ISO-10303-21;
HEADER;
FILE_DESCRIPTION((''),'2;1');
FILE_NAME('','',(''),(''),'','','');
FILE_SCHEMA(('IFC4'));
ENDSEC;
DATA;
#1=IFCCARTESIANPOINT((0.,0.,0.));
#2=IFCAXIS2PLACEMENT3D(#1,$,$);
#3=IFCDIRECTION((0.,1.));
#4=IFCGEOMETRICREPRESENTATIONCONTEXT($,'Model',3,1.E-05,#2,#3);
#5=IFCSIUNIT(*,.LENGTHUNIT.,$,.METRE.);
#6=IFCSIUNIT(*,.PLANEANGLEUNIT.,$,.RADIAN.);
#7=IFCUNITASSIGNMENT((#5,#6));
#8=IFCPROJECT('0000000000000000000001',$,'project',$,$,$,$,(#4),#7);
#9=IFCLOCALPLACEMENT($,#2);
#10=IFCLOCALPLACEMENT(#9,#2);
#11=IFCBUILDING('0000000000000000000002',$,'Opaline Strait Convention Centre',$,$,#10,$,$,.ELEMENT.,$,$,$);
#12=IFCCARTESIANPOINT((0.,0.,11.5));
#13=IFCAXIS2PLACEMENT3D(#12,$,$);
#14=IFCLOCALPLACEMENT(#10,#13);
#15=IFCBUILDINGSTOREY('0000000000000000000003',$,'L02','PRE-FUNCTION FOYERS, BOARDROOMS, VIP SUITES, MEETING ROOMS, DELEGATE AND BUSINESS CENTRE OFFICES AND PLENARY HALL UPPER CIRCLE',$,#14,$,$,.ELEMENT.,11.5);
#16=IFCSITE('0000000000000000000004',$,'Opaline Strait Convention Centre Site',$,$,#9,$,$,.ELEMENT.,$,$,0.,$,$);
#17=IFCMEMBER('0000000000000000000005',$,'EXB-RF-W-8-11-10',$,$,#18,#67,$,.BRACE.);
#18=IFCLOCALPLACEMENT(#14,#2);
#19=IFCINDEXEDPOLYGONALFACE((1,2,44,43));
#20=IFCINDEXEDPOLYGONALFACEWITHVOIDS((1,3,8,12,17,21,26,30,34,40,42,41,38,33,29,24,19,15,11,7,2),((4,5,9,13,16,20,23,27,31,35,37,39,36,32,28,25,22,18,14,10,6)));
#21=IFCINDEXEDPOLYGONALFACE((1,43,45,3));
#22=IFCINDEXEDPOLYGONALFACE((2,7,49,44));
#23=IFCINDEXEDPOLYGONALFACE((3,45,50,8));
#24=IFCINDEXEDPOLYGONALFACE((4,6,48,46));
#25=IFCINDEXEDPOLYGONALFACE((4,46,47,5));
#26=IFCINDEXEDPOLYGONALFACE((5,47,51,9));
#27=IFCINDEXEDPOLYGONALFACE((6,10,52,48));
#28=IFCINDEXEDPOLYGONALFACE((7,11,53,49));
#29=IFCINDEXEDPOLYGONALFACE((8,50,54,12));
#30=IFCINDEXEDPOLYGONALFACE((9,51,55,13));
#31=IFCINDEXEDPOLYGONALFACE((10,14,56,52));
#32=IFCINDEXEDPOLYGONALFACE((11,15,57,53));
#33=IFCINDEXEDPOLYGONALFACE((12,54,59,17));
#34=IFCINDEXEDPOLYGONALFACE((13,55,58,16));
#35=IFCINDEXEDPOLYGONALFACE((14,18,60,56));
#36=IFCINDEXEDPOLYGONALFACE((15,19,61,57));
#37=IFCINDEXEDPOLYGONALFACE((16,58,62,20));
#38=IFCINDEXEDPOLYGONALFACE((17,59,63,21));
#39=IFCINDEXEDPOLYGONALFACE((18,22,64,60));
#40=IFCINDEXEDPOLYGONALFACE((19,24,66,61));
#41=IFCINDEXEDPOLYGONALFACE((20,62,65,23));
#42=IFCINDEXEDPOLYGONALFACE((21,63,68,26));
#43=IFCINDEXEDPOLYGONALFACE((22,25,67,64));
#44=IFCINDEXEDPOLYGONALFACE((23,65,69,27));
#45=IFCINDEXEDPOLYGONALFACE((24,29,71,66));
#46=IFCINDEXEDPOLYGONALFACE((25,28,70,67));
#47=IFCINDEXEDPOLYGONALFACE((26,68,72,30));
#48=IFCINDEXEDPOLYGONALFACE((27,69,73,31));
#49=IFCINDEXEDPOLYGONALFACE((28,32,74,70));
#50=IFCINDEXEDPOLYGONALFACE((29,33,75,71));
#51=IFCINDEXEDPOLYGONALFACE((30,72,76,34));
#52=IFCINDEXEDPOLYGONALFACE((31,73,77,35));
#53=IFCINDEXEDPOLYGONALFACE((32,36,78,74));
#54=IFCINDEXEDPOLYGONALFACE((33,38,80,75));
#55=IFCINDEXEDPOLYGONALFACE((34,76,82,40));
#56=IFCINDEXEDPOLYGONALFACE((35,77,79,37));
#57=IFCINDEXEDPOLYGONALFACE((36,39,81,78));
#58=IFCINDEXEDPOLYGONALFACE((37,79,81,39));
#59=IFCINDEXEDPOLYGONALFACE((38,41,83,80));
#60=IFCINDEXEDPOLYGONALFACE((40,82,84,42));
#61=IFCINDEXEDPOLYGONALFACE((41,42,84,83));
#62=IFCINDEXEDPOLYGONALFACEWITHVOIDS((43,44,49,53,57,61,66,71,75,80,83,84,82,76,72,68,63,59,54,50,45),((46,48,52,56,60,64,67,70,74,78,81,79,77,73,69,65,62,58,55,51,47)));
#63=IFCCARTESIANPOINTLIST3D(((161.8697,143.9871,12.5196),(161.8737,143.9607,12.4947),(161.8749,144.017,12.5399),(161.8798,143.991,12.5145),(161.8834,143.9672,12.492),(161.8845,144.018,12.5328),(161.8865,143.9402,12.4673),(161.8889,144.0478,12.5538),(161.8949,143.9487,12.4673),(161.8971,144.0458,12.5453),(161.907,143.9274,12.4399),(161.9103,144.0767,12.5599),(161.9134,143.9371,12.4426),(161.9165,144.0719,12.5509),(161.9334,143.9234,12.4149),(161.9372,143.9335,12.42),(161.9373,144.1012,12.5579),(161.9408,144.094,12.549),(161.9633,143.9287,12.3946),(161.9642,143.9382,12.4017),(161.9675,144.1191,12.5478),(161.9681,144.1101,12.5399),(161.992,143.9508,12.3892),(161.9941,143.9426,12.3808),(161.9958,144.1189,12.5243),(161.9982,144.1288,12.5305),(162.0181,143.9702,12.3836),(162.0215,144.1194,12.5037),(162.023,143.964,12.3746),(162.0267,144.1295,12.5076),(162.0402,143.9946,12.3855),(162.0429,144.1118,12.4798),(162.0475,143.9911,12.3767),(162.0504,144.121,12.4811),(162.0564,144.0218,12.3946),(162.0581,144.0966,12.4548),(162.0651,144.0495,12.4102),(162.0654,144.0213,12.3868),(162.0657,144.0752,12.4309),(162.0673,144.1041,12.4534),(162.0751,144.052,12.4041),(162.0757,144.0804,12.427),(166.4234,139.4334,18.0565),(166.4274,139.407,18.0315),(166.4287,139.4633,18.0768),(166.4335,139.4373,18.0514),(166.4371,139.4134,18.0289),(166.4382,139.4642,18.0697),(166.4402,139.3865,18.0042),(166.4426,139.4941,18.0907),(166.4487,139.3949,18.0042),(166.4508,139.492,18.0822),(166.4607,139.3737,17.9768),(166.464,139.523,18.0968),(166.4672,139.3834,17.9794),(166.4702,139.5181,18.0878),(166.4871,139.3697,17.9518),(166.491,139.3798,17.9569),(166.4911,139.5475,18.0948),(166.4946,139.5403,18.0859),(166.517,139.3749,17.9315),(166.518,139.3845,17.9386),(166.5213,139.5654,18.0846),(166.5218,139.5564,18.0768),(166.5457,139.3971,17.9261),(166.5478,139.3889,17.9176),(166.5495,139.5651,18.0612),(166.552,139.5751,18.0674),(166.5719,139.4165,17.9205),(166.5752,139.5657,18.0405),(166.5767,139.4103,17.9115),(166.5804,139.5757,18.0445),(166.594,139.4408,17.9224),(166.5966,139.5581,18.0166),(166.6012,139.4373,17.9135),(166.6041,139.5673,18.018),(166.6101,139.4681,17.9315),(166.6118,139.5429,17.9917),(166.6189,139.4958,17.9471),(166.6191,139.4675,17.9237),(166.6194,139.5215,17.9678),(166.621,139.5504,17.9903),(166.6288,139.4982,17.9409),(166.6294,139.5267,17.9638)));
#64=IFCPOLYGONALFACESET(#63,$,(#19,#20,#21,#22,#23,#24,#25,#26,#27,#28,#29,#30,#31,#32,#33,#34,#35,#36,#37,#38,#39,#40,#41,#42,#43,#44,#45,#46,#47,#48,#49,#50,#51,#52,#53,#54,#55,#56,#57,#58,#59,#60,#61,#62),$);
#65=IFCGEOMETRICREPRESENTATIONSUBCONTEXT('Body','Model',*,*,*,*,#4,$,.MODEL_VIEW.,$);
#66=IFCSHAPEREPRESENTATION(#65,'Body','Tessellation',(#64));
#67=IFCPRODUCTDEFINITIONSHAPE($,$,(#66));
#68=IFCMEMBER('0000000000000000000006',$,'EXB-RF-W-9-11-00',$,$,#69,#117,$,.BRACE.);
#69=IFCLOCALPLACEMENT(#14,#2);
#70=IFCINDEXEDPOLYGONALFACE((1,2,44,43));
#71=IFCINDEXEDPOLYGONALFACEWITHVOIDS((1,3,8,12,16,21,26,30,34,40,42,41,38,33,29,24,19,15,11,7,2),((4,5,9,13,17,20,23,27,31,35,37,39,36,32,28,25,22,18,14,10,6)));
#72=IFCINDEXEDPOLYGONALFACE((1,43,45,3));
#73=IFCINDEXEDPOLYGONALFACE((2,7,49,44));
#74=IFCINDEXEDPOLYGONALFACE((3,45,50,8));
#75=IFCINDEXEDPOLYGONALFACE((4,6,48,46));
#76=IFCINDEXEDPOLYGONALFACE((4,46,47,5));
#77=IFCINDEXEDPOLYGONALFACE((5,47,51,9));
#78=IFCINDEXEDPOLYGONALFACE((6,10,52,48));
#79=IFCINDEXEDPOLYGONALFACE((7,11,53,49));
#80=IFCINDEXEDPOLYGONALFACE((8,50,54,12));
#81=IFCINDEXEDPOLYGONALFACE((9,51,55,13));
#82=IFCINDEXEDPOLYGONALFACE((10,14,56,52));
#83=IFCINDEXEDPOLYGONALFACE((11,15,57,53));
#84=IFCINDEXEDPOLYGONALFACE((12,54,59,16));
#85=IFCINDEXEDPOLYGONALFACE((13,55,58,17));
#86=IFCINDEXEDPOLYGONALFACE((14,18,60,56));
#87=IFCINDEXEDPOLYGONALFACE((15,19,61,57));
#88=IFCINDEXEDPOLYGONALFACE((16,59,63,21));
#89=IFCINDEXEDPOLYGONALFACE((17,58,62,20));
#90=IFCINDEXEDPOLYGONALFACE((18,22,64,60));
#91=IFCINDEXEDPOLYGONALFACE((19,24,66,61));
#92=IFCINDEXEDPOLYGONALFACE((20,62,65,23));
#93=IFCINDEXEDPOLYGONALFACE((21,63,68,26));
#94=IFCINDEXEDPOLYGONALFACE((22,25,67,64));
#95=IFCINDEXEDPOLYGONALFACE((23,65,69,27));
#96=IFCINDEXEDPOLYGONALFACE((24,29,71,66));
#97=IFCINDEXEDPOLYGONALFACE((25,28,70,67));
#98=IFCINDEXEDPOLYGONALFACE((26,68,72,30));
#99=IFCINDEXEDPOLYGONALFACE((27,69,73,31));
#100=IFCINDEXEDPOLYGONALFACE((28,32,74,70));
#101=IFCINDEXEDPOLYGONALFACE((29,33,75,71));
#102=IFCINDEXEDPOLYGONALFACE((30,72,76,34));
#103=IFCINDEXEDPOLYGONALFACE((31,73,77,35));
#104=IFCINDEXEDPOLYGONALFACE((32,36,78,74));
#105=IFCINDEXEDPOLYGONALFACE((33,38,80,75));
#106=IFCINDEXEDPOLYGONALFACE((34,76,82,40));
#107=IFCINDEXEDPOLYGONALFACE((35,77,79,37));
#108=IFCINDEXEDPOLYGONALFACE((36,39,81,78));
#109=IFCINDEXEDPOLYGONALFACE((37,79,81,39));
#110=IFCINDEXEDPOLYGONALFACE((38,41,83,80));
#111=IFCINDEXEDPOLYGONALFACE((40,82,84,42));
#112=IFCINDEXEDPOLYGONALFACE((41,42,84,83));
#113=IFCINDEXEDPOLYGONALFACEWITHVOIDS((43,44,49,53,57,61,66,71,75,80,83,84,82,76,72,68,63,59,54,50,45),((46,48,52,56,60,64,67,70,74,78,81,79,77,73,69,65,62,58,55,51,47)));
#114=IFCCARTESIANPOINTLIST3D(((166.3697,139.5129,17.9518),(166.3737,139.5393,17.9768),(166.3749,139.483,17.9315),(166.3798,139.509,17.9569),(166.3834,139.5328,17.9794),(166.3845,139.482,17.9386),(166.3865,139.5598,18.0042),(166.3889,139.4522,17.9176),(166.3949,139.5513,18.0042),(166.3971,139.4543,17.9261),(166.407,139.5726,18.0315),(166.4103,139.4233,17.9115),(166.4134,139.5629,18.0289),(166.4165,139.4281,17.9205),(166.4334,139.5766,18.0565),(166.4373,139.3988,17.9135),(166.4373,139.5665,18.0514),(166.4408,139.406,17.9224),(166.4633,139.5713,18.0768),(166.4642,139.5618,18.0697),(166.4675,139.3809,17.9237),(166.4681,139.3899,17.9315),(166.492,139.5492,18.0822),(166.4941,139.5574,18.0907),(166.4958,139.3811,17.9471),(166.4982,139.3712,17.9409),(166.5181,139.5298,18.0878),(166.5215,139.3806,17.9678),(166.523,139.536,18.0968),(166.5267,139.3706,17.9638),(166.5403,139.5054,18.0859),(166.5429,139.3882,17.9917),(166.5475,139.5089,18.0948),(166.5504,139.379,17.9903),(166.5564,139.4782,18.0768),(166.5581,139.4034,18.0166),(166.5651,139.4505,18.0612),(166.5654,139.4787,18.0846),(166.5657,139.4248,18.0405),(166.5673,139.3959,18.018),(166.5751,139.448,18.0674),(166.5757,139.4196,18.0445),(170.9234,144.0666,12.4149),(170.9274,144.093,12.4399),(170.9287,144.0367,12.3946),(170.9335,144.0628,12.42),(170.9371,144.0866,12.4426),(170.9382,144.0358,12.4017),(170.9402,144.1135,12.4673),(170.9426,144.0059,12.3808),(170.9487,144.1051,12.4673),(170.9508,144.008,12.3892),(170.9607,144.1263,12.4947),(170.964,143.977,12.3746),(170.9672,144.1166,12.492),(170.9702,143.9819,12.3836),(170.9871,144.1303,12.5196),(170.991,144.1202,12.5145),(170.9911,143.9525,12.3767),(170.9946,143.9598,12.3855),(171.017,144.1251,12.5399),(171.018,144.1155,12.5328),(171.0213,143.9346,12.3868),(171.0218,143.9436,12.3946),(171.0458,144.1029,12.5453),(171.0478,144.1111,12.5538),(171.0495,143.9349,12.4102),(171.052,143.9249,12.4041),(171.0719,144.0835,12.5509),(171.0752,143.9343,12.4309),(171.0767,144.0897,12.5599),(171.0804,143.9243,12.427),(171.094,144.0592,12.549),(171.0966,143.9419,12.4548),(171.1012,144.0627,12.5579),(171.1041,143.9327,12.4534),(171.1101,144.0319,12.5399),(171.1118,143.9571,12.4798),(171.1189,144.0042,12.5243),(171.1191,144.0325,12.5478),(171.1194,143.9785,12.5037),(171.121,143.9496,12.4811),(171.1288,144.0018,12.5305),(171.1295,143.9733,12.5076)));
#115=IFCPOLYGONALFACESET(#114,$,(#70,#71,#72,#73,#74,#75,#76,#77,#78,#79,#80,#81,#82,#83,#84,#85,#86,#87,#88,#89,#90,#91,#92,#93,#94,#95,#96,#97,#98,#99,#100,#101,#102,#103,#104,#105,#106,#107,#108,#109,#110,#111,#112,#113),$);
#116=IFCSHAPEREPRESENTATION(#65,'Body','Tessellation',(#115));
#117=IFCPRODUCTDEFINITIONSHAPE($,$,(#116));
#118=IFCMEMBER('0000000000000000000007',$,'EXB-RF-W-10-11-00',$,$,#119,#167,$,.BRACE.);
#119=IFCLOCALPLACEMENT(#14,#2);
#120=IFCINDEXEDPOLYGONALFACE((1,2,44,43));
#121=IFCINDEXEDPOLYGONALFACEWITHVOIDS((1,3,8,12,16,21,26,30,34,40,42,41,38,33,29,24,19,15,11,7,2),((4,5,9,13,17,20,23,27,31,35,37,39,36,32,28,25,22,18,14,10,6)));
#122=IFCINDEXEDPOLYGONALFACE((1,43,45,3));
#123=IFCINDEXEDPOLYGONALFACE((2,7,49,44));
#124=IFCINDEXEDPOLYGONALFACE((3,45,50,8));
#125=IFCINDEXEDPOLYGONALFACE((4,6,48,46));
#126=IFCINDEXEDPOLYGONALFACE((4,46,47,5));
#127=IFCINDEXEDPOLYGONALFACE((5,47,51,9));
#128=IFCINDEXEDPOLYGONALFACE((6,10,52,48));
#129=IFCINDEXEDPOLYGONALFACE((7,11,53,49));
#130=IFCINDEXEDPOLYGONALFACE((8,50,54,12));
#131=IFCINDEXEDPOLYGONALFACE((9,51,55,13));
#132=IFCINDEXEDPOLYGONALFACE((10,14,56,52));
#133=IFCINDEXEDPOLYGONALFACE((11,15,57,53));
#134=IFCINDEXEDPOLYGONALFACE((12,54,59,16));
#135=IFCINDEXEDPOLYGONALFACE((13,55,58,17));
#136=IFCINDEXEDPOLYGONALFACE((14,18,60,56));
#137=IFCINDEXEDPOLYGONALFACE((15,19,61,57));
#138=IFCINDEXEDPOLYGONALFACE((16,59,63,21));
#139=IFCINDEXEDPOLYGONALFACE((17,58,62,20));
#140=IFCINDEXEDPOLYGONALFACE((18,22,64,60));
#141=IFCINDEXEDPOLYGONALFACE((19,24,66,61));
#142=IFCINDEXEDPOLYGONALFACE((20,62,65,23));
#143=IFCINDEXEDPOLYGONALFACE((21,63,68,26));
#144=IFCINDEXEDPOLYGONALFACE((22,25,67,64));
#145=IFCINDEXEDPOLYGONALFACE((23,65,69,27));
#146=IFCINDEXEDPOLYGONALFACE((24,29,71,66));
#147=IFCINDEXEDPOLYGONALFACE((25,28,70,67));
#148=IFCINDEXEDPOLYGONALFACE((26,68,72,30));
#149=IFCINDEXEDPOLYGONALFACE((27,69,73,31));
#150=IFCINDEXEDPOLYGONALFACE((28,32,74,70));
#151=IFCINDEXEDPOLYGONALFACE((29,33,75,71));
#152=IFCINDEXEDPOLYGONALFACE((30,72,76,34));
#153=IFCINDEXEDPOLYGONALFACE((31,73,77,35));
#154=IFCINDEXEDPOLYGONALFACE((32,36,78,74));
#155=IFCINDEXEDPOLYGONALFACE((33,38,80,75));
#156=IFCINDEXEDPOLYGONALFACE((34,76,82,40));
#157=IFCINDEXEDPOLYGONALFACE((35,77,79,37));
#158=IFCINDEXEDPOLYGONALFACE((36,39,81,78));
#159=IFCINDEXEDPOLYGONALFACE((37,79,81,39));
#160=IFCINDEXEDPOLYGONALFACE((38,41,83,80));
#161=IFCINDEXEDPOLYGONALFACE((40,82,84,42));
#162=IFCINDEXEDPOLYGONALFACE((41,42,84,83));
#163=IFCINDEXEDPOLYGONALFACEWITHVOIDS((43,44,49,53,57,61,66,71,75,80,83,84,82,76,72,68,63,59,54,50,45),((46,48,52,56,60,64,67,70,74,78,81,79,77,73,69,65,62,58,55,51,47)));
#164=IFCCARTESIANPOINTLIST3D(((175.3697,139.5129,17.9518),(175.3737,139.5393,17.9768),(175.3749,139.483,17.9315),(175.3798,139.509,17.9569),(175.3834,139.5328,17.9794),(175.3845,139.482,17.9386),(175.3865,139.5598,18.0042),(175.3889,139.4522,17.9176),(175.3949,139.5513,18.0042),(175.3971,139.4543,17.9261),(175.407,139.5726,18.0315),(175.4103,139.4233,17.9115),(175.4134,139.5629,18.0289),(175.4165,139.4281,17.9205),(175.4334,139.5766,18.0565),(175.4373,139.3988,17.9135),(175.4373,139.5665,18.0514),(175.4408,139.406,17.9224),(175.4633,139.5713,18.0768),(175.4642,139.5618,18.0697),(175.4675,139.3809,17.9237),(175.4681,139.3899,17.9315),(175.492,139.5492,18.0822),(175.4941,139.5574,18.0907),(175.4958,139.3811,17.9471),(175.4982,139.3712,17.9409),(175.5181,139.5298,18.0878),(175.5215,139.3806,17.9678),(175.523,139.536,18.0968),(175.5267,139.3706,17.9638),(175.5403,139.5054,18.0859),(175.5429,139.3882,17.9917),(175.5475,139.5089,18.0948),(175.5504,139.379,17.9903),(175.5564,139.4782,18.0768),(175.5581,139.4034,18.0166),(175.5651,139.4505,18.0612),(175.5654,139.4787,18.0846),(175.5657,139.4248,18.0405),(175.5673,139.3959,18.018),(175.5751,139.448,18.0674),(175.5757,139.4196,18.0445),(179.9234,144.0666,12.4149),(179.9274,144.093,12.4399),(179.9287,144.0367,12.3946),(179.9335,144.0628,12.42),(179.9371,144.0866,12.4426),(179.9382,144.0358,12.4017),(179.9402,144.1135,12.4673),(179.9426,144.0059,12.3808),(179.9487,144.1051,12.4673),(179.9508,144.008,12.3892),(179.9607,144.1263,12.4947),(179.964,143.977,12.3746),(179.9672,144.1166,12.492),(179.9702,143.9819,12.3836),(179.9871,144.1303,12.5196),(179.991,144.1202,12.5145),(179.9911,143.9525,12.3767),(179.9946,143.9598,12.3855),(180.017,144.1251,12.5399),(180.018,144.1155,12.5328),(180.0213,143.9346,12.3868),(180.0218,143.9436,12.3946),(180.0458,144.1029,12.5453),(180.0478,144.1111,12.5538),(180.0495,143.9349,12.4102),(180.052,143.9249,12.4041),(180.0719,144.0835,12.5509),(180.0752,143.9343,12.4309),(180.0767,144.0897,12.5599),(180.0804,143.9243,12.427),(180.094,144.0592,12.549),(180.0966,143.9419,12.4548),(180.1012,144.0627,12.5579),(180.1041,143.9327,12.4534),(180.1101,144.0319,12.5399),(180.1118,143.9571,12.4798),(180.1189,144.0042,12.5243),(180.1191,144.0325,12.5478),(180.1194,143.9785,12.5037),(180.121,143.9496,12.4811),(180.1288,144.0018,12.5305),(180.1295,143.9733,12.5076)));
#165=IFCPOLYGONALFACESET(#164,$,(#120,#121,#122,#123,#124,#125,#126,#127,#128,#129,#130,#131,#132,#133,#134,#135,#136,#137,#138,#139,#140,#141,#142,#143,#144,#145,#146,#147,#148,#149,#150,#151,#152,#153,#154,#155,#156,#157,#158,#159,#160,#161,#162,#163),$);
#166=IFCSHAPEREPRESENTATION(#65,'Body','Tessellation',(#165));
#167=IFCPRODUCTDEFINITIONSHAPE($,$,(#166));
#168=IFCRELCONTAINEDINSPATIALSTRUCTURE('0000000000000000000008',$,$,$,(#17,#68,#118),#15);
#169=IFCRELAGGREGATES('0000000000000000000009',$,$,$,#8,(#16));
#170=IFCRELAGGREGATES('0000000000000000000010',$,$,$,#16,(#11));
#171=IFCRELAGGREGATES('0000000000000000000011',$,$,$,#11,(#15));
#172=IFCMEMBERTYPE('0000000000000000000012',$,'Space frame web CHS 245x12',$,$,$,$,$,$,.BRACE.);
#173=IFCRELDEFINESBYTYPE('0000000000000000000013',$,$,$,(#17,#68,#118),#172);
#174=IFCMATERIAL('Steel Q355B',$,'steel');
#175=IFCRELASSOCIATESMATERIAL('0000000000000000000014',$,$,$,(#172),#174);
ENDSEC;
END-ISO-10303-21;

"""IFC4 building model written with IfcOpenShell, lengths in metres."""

from ifc_helpers import new_model, si_unit, direction, frame, origin, origin_2d, place, context, subcontext, project, spatial, hollow_circle, extrude, material, material_profile, profile_set, type_object, element, save


model = new_model("IFC4")

# Units and contexts
model_context = context("Model", 3, precision=1e-05, world=origin(), true_north=direction((0.0, 1.0)))
body_context = subcontext(model_context, "Body", "Model", "MODEL_VIEW")
ifc_project = project(units=[si_unit("LENGTHUNIT", "METRE"), si_unit("PLANEANGLEUNIT", "RADIAN")], contexts=[model_context])

# Site, building, storey
site_placement = place(None, origin())
site = spatial("IfcSite", under=ifc_project, at=site_placement, Name="Opaline Strait Convention Centre Site", CompositionType="ELEMENT", RefElevation=0.0)
building_placement = place(site_placement, origin())
building = spatial("IfcBuilding", under=site, at=building_placement, Name="Opaline Strait Convention Centre", CompositionType="ELEMENT")
storey_placement = place(building_placement, frame((0.0, 0.0, 11.5)))
storey = spatial("IfcBuildingStorey", under=building, at=storey_placement, Name="L02", Description="PRE-FUNCTION FOYERS, BOARDROOMS, VIP SUITES, MEETING ROOMS, DELEGATE AND BUSINESS CENTRE OFFICES AND PLENARY HALL UPPER CIRCLE", CompositionType="ELEMENT", Elevation=11.5)

# Members
ifc_material = material(Name="Steel Q355B", Category="steel")
ifc_material_profile_1 = material_profile(ifc_material, hollow_circle(Radius=0.1226, WallThickness=0.012, at=origin_2d()), Name="CHS 245x12")
ifc_profile_set_1 = profile_set([ifc_material_profile_1], Name="Steel Q355B")
member_type_1 = type_object("IfcMemberType", Name="Space frame web CHS 245x12", PredefinedType="BRACE", material=ifc_profile_set_1)
for number, where, z_axis, x_axis, name in (
    (1, (166.5269, 139.4731, 18.0042), (-0.536178, 0.536178, -0.65194), (-0.707107, -0.707107, 0.0), "EXB-RF-W-8-11-10"),
    (2, (166.4731, 139.4731, 18.0042), (0.536178, 0.536178, -0.65194), (-0.707107, 0.707107, 0.0), "EXB-RF-W-9-11-00"),
    (3, (175.4731, 139.4731, 18.0042), (0.536178, 0.536178, -0.65194), (-0.707107, 0.707107, 0.0), "EXB-RF-W-10-11-00"),
):
    element("IfcMember", number, at=place(storey_placement, frame(where, z_axis=z_axis, x_axis=x_axis)), inside=storey, type_object=member_type_1, Name=name, PredefinedType="BRACE", context=body_context, shape_type="SweptSolid", body=[
        extrude(hollow_circle(Radius=0.1226, WallThickness=0.012, at=origin_2d()), origin(), (0.0, 0.0, 1.0), 8.4929),
    ])

save(model, "model.ifc")
